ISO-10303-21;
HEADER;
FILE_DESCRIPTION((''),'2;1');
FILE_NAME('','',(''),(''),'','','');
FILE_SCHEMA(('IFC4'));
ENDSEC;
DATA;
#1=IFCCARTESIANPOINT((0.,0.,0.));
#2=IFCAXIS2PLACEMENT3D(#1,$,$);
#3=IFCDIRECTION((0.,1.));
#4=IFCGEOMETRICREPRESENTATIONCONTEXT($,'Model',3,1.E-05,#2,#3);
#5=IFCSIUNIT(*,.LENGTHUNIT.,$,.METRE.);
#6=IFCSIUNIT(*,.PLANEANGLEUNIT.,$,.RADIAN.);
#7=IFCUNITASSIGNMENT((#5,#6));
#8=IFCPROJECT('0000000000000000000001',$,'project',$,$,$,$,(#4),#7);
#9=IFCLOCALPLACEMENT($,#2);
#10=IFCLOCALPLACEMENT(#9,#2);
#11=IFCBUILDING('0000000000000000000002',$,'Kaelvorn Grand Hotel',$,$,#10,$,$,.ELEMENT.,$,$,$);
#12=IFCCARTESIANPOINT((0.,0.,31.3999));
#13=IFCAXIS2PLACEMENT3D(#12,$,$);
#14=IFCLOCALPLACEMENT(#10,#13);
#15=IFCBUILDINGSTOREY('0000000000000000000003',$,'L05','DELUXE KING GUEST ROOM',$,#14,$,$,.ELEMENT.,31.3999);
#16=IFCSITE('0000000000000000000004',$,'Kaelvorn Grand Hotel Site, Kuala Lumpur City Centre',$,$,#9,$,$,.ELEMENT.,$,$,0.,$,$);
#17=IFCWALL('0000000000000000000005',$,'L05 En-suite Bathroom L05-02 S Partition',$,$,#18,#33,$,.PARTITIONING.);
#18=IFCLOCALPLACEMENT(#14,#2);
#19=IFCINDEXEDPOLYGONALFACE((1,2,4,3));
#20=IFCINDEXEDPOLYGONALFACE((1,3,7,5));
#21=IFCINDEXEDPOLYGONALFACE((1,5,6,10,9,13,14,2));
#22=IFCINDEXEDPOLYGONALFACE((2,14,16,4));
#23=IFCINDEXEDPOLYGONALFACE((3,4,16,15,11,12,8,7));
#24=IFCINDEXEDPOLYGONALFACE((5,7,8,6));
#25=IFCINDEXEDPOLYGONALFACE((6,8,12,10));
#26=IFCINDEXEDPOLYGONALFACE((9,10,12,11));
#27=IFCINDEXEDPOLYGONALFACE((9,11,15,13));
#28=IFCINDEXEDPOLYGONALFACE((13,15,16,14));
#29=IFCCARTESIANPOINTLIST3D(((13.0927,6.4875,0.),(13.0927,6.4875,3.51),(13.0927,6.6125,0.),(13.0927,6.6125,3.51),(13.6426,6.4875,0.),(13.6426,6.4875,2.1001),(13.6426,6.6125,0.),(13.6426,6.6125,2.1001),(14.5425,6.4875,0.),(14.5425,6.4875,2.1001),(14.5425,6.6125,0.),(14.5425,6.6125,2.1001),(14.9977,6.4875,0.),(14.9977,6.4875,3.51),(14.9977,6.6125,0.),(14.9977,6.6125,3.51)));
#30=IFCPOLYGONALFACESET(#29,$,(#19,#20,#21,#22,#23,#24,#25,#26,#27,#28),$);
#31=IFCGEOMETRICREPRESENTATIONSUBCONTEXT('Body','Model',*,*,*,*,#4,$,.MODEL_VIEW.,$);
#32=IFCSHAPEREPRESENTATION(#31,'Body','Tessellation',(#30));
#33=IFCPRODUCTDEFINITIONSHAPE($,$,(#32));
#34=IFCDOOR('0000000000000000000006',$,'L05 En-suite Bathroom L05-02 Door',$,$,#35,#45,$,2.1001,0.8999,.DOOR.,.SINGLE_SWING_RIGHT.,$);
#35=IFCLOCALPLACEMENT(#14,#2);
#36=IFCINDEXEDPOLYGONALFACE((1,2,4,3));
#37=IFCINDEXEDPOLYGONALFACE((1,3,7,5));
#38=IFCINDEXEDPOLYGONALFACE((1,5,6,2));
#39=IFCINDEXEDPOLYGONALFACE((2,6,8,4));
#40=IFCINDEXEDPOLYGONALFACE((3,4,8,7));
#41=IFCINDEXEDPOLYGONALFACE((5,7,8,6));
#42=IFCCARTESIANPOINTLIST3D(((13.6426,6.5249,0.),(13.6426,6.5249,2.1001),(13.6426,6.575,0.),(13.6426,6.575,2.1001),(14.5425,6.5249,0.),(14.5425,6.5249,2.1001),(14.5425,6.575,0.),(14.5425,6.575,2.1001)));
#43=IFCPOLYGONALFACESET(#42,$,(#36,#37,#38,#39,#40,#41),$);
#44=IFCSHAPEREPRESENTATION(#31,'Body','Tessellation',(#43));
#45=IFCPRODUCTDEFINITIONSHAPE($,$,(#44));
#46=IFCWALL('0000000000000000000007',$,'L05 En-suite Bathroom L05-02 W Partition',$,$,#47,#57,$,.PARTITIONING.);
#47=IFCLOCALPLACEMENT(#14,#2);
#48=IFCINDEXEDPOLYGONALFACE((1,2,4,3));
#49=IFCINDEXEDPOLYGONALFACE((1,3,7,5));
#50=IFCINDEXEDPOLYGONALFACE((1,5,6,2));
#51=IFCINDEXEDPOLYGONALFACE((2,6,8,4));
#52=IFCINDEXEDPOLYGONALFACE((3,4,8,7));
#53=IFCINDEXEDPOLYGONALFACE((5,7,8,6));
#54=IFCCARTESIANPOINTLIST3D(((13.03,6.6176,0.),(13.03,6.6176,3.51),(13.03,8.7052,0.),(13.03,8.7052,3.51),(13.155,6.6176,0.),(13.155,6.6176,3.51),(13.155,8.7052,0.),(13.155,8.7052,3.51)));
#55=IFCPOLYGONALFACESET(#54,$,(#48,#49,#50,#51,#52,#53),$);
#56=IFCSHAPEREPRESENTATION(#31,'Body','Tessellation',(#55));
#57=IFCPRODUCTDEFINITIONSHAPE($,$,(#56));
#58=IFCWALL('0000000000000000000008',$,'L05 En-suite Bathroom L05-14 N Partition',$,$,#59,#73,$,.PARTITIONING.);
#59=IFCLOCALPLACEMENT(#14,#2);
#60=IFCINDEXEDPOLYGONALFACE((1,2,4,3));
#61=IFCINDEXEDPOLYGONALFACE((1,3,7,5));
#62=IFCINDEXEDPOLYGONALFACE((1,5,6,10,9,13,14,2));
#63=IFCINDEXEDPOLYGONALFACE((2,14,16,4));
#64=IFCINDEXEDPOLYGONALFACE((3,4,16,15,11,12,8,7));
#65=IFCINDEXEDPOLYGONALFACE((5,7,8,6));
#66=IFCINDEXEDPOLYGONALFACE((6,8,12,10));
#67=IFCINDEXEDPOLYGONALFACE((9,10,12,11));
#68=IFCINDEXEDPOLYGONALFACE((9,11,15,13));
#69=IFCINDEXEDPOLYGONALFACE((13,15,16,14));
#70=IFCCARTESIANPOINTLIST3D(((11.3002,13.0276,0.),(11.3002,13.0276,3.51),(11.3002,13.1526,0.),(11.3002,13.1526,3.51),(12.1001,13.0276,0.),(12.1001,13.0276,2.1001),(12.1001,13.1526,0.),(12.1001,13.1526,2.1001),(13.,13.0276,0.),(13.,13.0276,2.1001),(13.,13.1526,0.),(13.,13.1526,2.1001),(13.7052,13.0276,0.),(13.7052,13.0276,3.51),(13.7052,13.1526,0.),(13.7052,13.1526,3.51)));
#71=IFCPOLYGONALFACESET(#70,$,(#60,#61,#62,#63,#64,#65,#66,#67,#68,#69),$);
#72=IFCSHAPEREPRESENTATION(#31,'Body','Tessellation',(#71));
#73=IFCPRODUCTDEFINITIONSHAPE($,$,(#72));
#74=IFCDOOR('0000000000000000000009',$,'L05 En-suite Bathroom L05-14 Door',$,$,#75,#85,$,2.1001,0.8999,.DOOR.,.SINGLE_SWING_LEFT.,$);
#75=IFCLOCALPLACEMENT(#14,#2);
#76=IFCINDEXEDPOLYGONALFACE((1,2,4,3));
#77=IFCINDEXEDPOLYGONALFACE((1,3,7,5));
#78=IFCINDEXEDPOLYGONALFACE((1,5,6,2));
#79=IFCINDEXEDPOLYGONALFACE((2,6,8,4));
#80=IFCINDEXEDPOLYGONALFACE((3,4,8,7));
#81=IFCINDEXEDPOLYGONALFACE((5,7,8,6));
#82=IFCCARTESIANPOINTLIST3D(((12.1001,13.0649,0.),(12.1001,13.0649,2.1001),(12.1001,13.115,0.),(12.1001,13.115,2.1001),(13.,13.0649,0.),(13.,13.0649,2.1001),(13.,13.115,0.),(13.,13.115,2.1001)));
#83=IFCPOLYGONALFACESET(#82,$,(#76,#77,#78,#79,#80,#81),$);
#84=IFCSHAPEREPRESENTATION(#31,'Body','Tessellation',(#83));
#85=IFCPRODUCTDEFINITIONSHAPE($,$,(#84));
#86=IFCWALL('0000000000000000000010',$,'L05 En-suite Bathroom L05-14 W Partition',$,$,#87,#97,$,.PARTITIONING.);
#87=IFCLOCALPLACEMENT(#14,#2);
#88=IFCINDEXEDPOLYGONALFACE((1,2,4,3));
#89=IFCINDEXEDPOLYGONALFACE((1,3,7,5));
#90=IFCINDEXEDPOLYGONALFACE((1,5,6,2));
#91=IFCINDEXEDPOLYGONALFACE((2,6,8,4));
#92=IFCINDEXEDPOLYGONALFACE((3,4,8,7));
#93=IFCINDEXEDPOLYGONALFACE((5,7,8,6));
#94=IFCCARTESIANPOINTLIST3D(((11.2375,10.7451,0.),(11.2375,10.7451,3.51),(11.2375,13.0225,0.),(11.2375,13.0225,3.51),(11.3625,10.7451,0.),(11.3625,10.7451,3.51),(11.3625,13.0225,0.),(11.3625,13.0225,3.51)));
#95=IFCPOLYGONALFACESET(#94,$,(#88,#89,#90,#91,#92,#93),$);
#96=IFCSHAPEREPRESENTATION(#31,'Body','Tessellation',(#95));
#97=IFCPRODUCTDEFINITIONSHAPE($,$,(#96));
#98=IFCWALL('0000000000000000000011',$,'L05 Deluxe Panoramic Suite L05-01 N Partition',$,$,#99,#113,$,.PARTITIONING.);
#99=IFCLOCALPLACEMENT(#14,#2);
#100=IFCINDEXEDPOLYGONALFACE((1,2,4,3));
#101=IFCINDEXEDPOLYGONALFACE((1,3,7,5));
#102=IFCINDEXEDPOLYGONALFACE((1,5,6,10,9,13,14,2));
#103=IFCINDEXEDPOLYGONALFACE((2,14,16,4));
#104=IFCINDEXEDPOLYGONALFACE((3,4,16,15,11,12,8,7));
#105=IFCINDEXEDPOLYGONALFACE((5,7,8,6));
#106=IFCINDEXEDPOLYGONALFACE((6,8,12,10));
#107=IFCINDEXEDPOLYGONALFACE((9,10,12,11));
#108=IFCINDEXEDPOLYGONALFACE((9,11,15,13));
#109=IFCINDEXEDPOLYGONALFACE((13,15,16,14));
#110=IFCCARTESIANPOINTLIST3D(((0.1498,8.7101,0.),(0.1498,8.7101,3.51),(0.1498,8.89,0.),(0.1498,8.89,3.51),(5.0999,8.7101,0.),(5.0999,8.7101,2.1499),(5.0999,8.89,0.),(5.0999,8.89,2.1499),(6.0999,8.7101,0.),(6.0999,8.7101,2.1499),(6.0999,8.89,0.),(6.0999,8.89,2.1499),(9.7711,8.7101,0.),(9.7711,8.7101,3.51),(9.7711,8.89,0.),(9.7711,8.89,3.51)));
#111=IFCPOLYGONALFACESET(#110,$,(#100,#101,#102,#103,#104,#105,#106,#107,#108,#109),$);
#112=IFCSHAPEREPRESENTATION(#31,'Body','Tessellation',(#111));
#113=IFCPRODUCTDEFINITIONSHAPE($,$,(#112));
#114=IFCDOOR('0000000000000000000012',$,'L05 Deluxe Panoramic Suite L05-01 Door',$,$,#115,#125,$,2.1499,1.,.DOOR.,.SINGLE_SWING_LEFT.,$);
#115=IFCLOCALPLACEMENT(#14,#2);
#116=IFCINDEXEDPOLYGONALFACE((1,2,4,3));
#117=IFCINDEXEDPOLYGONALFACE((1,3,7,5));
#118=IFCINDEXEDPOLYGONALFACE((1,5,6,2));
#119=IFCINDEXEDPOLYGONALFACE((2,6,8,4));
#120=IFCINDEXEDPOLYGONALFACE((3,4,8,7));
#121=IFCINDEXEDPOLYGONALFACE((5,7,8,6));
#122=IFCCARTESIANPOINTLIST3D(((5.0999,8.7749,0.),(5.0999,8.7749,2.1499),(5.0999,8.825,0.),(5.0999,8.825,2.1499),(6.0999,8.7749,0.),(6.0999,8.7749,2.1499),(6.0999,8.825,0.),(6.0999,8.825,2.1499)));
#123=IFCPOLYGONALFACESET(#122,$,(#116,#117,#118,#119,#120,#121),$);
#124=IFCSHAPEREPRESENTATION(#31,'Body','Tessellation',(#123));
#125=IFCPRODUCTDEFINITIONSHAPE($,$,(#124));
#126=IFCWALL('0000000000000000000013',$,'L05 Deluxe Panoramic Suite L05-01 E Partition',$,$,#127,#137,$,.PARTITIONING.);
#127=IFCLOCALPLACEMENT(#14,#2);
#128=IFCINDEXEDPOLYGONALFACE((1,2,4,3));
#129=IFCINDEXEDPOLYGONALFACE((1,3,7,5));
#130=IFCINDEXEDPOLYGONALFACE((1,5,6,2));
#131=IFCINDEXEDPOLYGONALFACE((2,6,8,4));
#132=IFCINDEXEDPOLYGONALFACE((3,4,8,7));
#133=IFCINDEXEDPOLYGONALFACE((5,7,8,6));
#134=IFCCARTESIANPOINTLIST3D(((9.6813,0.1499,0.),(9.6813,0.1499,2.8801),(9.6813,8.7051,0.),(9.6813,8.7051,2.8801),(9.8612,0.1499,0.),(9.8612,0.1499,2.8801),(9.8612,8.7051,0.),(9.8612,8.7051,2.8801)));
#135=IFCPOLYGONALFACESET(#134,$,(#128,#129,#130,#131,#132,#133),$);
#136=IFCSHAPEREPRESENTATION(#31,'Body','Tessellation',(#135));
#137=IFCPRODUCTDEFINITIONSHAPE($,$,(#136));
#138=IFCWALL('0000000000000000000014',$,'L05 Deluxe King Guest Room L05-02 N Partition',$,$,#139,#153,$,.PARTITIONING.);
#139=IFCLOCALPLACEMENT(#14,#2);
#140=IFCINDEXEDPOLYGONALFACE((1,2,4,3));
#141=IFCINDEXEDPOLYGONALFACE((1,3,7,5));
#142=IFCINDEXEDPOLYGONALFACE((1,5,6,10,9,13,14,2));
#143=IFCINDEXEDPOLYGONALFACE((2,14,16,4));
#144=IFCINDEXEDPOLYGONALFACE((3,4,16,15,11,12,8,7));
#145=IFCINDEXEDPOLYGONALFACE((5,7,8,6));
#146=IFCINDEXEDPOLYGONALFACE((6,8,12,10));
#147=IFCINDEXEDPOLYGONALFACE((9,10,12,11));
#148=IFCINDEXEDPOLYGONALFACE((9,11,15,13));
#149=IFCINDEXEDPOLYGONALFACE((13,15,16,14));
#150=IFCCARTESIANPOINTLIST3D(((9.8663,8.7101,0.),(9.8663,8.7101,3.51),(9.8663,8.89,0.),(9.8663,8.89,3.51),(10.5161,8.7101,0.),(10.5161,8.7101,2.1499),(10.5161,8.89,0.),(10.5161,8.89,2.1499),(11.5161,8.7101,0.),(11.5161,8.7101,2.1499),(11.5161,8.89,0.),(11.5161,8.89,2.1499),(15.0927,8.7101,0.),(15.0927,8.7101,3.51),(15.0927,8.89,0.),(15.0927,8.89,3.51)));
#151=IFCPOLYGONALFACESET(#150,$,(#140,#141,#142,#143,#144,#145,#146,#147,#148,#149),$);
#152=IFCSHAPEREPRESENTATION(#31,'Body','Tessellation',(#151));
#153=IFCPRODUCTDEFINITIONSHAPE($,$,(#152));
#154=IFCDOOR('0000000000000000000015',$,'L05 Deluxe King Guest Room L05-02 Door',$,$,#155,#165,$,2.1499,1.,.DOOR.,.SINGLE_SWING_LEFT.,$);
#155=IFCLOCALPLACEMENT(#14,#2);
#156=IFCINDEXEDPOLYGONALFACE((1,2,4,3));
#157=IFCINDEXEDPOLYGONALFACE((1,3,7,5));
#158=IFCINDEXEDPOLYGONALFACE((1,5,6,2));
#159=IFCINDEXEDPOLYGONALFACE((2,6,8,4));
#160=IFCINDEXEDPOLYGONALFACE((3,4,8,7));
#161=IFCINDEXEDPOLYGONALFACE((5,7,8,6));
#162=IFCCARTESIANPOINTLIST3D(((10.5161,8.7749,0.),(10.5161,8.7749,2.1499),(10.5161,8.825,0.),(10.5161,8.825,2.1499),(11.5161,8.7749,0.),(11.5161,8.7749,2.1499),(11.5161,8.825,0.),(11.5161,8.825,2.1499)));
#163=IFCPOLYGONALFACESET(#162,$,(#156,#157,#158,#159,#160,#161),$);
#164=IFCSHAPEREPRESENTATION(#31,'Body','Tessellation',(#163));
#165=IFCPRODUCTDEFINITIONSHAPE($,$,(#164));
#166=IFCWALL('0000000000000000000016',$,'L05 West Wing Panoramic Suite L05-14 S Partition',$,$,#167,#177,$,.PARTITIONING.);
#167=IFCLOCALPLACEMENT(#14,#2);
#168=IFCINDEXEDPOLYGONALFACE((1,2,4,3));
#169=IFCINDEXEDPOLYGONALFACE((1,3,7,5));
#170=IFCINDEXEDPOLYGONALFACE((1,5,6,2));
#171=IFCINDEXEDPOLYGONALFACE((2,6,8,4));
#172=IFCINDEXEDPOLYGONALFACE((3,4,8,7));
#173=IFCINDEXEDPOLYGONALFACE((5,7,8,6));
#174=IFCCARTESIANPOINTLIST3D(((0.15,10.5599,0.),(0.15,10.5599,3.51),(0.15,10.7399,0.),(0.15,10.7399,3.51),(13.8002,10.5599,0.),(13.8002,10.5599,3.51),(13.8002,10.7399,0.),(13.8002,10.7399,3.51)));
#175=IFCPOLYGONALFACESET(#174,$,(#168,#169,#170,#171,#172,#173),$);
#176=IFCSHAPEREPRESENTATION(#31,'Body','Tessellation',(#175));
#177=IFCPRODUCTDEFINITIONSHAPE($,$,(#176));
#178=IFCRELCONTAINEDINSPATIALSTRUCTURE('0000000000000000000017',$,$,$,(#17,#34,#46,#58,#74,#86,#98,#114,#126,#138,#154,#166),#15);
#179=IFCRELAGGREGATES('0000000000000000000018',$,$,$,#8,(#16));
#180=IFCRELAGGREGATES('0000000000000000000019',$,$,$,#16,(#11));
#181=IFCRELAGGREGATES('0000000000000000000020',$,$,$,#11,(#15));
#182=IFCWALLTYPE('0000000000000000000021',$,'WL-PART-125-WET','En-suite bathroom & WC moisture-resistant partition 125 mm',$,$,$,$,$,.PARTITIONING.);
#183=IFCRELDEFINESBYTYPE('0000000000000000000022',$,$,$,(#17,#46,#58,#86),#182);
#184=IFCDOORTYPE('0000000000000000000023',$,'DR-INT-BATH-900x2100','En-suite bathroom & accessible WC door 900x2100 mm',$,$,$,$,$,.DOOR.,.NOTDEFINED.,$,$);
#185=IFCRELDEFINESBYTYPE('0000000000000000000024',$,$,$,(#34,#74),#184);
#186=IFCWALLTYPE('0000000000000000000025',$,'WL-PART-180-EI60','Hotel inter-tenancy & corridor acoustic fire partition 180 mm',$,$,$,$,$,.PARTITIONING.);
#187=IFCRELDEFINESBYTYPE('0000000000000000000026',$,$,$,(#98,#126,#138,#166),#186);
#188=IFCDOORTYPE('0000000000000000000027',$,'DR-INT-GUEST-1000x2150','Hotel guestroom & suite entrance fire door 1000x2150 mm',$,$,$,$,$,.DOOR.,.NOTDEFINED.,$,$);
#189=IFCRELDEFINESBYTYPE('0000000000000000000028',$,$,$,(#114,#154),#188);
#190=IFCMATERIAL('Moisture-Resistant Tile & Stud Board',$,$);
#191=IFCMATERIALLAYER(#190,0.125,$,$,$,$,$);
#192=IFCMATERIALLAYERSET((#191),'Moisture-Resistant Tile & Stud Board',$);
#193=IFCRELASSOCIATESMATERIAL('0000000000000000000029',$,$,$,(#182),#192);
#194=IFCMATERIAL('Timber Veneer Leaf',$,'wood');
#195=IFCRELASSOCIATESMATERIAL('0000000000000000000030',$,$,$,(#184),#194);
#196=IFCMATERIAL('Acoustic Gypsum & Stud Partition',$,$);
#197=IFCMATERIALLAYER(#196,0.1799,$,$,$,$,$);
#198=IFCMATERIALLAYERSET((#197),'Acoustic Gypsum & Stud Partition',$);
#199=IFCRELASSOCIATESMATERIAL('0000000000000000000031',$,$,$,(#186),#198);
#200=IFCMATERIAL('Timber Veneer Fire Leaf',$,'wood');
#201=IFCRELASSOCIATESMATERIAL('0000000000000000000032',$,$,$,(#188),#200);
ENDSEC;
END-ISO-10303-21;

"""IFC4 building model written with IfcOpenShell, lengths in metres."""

from ifc_helpers import new_model, si_unit, direction, frame, frame_2d, origin, place, context, subcontext, project, spatial, rectangle, extrude, material, layer, layer_set, type_object, element, fill, save


model = new_model("IFC4")

# Units and contexts
model_context = context("Model", 3, precision=1e-05, world=origin(), true_north=direction((0.0, 1.0)))
body_context = subcontext(model_context, "Body", "Model", "MODEL_VIEW")
ifc_project = project(units=[si_unit("LENGTHUNIT", "METRE"), si_unit("PLANEANGLEUNIT", "RADIAN")], contexts=[model_context])

# Site, building, storey
site_placement = place(None, origin())
site = spatial("IfcSite", under=ifc_project, at=site_placement, Name="Kaelvorn Grand Hotel Site, Kuala Lumpur City Centre", CompositionType="ELEMENT", RefElevation=0.0)
building_placement = place(site_placement, origin())
building = spatial("IfcBuilding", under=site, at=building_placement, Name="Kaelvorn Grand Hotel", CompositionType="ELEMENT")
storey_placement = place(building_placement, frame((0.0, 0.0, 31.3999)))
storey = spatial("IfcBuildingStorey", under=building, at=storey_placement, Name="L05", Description="DELUXE KING GUEST ROOM", CompositionType="ELEMENT", Elevation=31.3999)

# Shared definitions
ifc_material_1 = material(Name="Moisture-Resistant Tile & Stud Board")
ifc_layer_1 = layer(ifc_material_1, 0.125)
ifc_layer_set_1 = layer_set([ifc_layer_1], Name="Moisture-Resistant Tile & Stud Board")
wall_type_1 = type_object("IfcWallType", Name="WL-PART-125-WET", Description="En-suite bathroom & WC moisture-resistant partition 125 mm", PredefinedType="PARTITIONING", material=ifc_layer_set_1)
ifc_material_2 = material(Name="Timber Veneer Leaf", Category="wood")
door_type_1 = type_object("IfcDoorType", Name="DR-INT-BATH-900x2100", Description="En-suite bathroom & accessible WC door 900x2100 mm", OperationType="NOTDEFINED", PredefinedType="DOOR", material=ifc_material_2)

# Wall, opening, door
wall_1_placement = place(storey_placement, frame((13.0925, 6.55, 0.0), z_axis=(0.0, 0.0, 1.0), x_axis=(1.0, 0.0, 0.0)))
wall_1 = element("IfcWall", 1, at=wall_1_placement, inside=storey, type_object=wall_type_1, Name="L05 En-suite Bathroom L05-02 S Partition", PredefinedType="PARTITIONING", context=body_context, shape_type="SweptSolid", body=[
    extrude(rectangle(XDim=1.905, YDim=0.125, at=frame_2d((0.9526, 0.0))), origin(), (0.0, 0.0, 1.0), 3.51),
])
opening_1_placement = place(wall_1_placement, frame((0.55, 0.0, 0.0)))
opening_1 = element("IfcOpeningElement", 2, at=opening_1_placement, cuts=wall_1, PredefinedType="OPENING", context=body_context, shape_type="SweptSolid", body=[
    extrude(rectangle(XDim=0.8999, YDim=2.1001, at=frame_2d((0.45, 1.05))), frame((0.0, 0.0725, 0.0), z_axis=(0.0, -1.0, 0.0), x_axis=(1.0, 0.0, 0.0)), (0.0, 0.0, 1.0), 0.145),
])
door_1_placement = place(opening_1_placement, origin())
door_1 = element("IfcDoor", 3, at=door_1_placement, inside=storey, type_object=door_type_1, Name="L05 En-suite Bathroom L05-02 Door", OperationType="SINGLE_SWING_RIGHT", OverallHeight=2.1001, OverallWidth=0.8999, PredefinedType="DOOR", context=body_context, shape_type="SweptSolid", body=[
    extrude(rectangle(XDim=0.8999, YDim=2.1001, at=frame_2d((0.45, 1.05))), frame((0.0, 0.0249, 0.0), z_axis=(0.0, -1.0, 0.0), x_axis=(1.0, 0.0, 0.0)), (0.0, 0.0, 1.0), 0.05),
])
fill(opening_1, door_1)

# Wall
wall_2_placement = place(storey_placement, frame((13.0925, 6.6174, 0.0), z_axis=(0.0, 0.0, 1.0), x_axis=(0.0, 1.0, 0.0)))
element("IfcWall", 4, at=wall_2_placement, inside=storey, type_object=wall_type_1, Name="L05 En-suite Bathroom L05-02 W Partition", PredefinedType="PARTITIONING", context=body_context, shape_type="SweptSolid", body=[
    extrude(rectangle(XDim=2.0876, YDim=0.125, at=frame_2d((1.0439, 0.0))), origin(), (0.0, 0.0, 1.0), 3.51),
])

# Wall, opening, door
wall_3_placement = place(storey_placement, frame((11.3, 13.0901, 0.0), z_axis=(0.0, 0.0, 1.0), x_axis=(1.0, 0.0, 0.0)))
wall_3 = element("IfcWall", 5, at=wall_3_placement, inside=storey, type_object=wall_type_1, Name="L05 En-suite Bathroom L05-14 N Partition", PredefinedType="PARTITIONING", context=body_context, shape_type="SweptSolid", body=[
    extrude(rectangle(XDim=2.405, YDim=0.125, at=frame_2d((1.2026, 0.0))), origin(), (0.0, 0.0, 1.0), 3.51),
])
opening_2_placement = place(wall_3_placement, frame((0.8, 0.0, 0.0)))
opening_2 = element("IfcOpeningElement", 6, at=opening_2_placement, cuts=wall_3, PredefinedType="OPENING", context=body_context, shape_type="SweptSolid", body=[
    extrude(rectangle(XDim=0.8999, YDim=2.1001, at=frame_2d((0.45, 1.05))), frame((0.0, 0.0725, 0.0), z_axis=(0.0, -1.0, 0.0), x_axis=(1.0, 0.0, 0.0)), (0.0, 0.0, 1.0), 0.145),
])
door_2_placement = place(opening_2_placement, origin())
door_2 = element("IfcDoor", 7, at=door_2_placement, inside=storey, type_object=door_type_1, Name="L05 En-suite Bathroom L05-14 Door", OperationType="SINGLE_SWING_LEFT", OverallHeight=2.1001, OverallWidth=0.8999, PredefinedType="DOOR", context=body_context, shape_type="SweptSolid", body=[
    extrude(rectangle(XDim=0.8999, YDim=2.1001, at=frame_2d((0.45, 1.05))), frame((0.0, 0.0249, 0.0), z_axis=(0.0, -1.0, 0.0), x_axis=(1.0, 0.0, 0.0)), (0.0, 0.0, 1.0), 0.05),
])
fill(opening_2, door_2)

# Wall
wall_4_placement = place(storey_placement, frame((11.3, 10.7451, 0.0), z_axis=(0.0, 0.0, 1.0), x_axis=(0.0, 1.0, 0.0)))
element("IfcWall", 8, at=wall_4_placement, inside=storey, type_object=wall_type_1, Name="L05 En-suite Bathroom L05-14 W Partition", PredefinedType="PARTITIONING", context=body_context, shape_type="SweptSolid", body=[
    extrude(rectangle(XDim=2.2773, YDim=0.125, at=frame_2d((1.1387, 0.0))), origin(), (0.0, 0.0, 1.0), 3.51),
])

# Wall, opening, door
ifc_material_3 = material(Name="Acoustic Gypsum & Stud Partition")
ifc_layer_2 = layer(ifc_material_3, 0.1799)
ifc_layer_set_2 = layer_set([ifc_layer_2], Name="Acoustic Gypsum & Stud Partition")
wall_type_2 = type_object("IfcWallType", Name="WL-PART-180-EI60", Description="Hotel inter-tenancy & corridor acoustic fire partition 180 mm", PredefinedType="PARTITIONING", material=ifc_layer_set_2)
wall_5_placement = place(storey_placement, frame((0.1499, 8.8, 0.0), z_axis=(0.0, 0.0, 1.0), x_axis=(1.0, 0.0, 0.0)))
wall_5 = element("IfcWall", 9, at=wall_5_placement, inside=storey, type_object=wall_type_2, Name="L05 Deluxe Panoramic Suite L05-01 N Partition", PredefinedType="PARTITIONING", context=body_context, shape_type="SweptSolid", body=[
    extrude(rectangle(XDim=9.6213, YDim=0.1799, at=frame_2d((4.8105, 0.0))), origin(), (0.0, 0.0, 1.0), 3.51),
])
opening_3_placement = place(wall_5_placement, frame((4.95, 0.0, 0.0)))
opening_3 = element("IfcOpeningElement", 10, at=opening_3_placement, cuts=wall_5, PredefinedType="OPENING", context=body_context, shape_type="SweptSolid", body=[
    extrude(rectangle(XDim=1.0, YDim=2.1499, at=frame_2d((0.5, 1.075))), frame((0.0, 0.1001, 0.0), z_axis=(0.0, -1.0, 0.0), x_axis=(1.0, 0.0, 0.0)), (0.0, 0.0, 1.0), 0.2),
])
ifc_material_4 = material(Name="Timber Veneer Fire Leaf", Category="wood")
door_type_2 = type_object("IfcDoorType", Name="DR-INT-GUEST-1000x2150", Description="Hotel guestroom & suite entrance fire door 1000x2150 mm", OperationType="NOTDEFINED", PredefinedType="DOOR", material=ifc_material_4)
door_3_placement = place(opening_3_placement, origin())
door_3 = element("IfcDoor", 11, at=door_3_placement, inside=storey, type_object=door_type_2, Name="L05 Deluxe Panoramic Suite L05-01 Door", OperationType="SINGLE_SWING_LEFT", OverallHeight=2.1499, OverallWidth=1.0, PredefinedType="DOOR", context=body_context, shape_type="SweptSolid", body=[
    extrude(rectangle(XDim=1.0, YDim=2.1499, at=frame_2d((0.5, 1.075))), frame((0.0, 0.0249, 0.0), z_axis=(0.0, -1.0, 0.0), x_axis=(1.0, 0.0, 0.0)), (0.0, 0.0, 1.0), 0.05),
])
fill(opening_3, door_3)

# Wall
wall_6_placement = place(storey_placement, frame((9.7712, 0.1499, 0.0), z_axis=(0.0, 0.0, 1.0), x_axis=(0.0, 1.0, 0.0)))
element("IfcWall", 12, at=wall_6_placement, inside=storey, type_object=wall_type_2, Name="L05 Deluxe Panoramic Suite L05-01 E Partition", PredefinedType="PARTITIONING", context=body_context, shape_type="SweptSolid", body=[
    extrude(rectangle(XDim=8.5552, YDim=0.1799, at=frame_2d((4.2776, 0.0))), origin(), (0.0, 0.0, 1.0), 2.8801),
])

# Wall, opening, door
wall_7_placement = place(storey_placement, frame((9.8662, 8.8, 0.0), z_axis=(0.0, 0.0, 1.0), x_axis=(1.0, 0.0, 0.0)))
wall_7 = element("IfcWall", 13, at=wall_7_placement, inside=storey, type_object=wall_type_2, Name="L05 Deluxe King Guest Room L05-02 N Partition", PredefinedType="PARTITIONING", context=body_context, shape_type="SweptSolid", body=[
    extrude(rectangle(XDim=5.2263, YDim=0.1799, at=frame_2d((2.6133, 0.0))), origin(), (0.0, 0.0, 1.0), 3.51),
])
opening_4_placement = place(wall_7_placement, frame((0.6499, 0.0, 0.0)))
opening_4 = element("IfcOpeningElement", 14, at=opening_4_placement, cuts=wall_7, PredefinedType="OPENING", context=body_context, shape_type="SweptSolid", body=[
    extrude(rectangle(XDim=1.0, YDim=2.1499, at=frame_2d((0.5, 1.075))), frame((0.0, 0.1001, 0.0), z_axis=(0.0, -1.0, 0.0), x_axis=(1.0, 0.0, 0.0)), (0.0, 0.0, 1.0), 0.2),
])
door_4_placement = place(opening_4_placement, origin())
door_4 = element("IfcDoor", 15, at=door_4_placement, inside=storey, type_object=door_type_2, Name="L05 Deluxe King Guest Room L05-02 Door", OperationType="SINGLE_SWING_LEFT", OverallHeight=2.1499, OverallWidth=1.0, PredefinedType="DOOR", context=body_context, shape_type="SweptSolid", body=[
    extrude(rectangle(XDim=1.0, YDim=2.1499, at=frame_2d((0.5, 1.075))), frame((0.0, 0.0249, 0.0), z_axis=(0.0, -1.0, 0.0), x_axis=(1.0, 0.0, 0.0)), (0.0, 0.0, 1.0), 0.05),
])
fill(opening_4, door_4)

# Wall
wall_8_placement = place(storey_placement, frame((0.1499, 10.6499, 0.0), z_axis=(0.0, 0.0, 1.0), x_axis=(1.0, 0.0, 0.0)))
element("IfcWall", 16, at=wall_8_placement, inside=storey, type_object=wall_type_2, Name="L05 West Wing Panoramic Suite L05-14 S Partition", PredefinedType="PARTITIONING", context=body_context, shape_type="SweptSolid", body=[
    extrude(rectangle(XDim=13.6501, YDim=0.1799, at=frame_2d((6.8252, 0.0))), origin(), (0.0, 0.0, 1.0), 3.51),
])

save(model, "model.ifc")
